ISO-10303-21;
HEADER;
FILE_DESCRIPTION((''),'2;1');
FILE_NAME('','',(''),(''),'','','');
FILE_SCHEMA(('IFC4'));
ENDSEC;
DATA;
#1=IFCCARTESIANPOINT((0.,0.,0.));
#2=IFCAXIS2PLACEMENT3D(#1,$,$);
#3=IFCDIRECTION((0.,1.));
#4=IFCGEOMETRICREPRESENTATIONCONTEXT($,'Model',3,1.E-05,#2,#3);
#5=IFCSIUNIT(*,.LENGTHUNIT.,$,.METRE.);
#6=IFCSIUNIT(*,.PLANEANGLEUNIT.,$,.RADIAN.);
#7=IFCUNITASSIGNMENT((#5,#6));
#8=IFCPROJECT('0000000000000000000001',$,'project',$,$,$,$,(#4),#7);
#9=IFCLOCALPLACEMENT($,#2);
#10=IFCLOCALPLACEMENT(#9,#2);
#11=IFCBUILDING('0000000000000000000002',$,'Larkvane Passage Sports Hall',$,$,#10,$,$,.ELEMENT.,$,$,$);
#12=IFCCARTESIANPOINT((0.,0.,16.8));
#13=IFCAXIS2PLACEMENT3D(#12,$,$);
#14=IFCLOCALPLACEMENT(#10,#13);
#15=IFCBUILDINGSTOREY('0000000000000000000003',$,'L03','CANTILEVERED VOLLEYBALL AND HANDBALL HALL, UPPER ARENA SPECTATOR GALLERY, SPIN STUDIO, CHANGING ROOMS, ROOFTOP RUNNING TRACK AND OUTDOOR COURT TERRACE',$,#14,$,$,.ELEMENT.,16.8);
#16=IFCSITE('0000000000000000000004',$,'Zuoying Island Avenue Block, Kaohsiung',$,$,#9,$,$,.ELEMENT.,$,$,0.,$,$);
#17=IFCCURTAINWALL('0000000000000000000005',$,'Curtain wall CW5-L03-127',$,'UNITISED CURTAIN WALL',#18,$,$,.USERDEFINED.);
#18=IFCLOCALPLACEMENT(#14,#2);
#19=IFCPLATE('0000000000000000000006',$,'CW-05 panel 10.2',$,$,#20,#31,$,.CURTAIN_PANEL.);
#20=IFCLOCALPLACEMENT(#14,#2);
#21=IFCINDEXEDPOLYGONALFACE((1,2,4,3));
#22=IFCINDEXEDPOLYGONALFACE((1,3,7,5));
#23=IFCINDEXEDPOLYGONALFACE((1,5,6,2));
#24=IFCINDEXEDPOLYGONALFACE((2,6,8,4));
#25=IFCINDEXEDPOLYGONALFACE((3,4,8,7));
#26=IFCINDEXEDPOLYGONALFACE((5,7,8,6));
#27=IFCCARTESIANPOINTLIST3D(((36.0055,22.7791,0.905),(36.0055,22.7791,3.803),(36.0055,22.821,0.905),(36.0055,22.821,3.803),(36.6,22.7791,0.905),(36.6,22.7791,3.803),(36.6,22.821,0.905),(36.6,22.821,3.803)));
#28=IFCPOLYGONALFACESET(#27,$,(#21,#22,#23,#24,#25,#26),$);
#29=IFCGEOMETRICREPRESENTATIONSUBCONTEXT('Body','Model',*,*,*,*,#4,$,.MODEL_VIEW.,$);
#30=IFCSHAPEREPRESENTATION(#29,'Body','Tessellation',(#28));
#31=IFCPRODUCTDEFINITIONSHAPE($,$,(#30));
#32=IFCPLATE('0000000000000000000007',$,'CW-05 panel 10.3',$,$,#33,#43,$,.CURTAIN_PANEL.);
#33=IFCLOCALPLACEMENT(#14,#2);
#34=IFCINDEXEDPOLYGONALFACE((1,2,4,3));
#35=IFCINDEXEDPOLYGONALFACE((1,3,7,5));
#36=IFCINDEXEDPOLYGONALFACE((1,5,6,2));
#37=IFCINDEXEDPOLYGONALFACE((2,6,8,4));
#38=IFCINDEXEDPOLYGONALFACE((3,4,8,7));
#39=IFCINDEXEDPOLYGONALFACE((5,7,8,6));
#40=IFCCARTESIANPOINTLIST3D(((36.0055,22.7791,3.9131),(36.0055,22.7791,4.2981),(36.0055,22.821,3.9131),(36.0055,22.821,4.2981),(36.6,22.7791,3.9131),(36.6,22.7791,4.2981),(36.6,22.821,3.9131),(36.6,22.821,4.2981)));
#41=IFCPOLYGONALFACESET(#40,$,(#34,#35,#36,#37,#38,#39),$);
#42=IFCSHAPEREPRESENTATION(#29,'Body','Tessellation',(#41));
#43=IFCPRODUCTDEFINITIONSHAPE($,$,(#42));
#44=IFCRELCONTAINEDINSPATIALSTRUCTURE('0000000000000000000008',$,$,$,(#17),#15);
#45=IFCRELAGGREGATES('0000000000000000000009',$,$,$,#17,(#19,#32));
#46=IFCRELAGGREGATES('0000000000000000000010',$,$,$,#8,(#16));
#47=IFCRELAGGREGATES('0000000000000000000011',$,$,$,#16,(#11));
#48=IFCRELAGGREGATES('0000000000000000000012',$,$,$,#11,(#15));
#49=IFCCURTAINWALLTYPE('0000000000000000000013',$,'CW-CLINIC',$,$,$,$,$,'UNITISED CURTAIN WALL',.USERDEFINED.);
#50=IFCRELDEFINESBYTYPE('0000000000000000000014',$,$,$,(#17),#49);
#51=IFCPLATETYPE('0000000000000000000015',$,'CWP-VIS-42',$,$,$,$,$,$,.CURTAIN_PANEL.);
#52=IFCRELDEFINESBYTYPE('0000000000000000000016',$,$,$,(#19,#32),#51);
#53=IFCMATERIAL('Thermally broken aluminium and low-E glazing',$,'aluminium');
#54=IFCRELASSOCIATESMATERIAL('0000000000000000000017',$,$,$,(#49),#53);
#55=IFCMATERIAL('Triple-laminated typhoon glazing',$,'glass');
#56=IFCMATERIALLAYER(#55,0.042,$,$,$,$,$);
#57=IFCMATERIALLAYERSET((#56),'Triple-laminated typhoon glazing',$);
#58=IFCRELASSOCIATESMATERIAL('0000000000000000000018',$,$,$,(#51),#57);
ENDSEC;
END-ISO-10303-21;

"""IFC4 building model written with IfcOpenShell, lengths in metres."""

from ifc_helpers import new_model, si_unit, direction, frame, origin, origin_2d, place, context, subcontext, project, spatial, rectangle, extrude, material, layer, layer_set, type_object, element, aggregate, save


model = new_model("IFC4")

# Units and contexts
model_context = context("Model", 3, precision=1e-05, world=origin(), true_north=direction((0.0, 1.0)))
body_context = subcontext(model_context, "Body", "Model", "MODEL_VIEW")
ifc_project = project(units=[si_unit("LENGTHUNIT", "METRE"), si_unit("PLANEANGLEUNIT", "RADIAN")], contexts=[model_context])

# Site, building, storey
site_placement = place(None, origin())
site = spatial("IfcSite", under=ifc_project, at=site_placement, Name="Zuoying Island Avenue Block, Kaohsiung", CompositionType="ELEMENT", RefElevation=0.0)
building_placement = place(site_placement, origin())
building = spatial("IfcBuilding", under=site, at=building_placement, Name="Larkvane Passage Sports Hall", CompositionType="ELEMENT")
storey_placement = place(building_placement, frame((0.0, 0.0, 16.8)))
storey = spatial("IfcBuildingStorey", under=building, at=storey_placement, Name="L03", Description="CANTILEVERED VOLLEYBALL AND HANDBALL HALL, UPPER ARENA SPECTATOR GALLERY, SPIN STUDIO, CHANGING ROOMS, ROOFTOP RUNNING TRACK AND OUTDOOR COURT TERRACE", CompositionType="ELEMENT", Elevation=16.8)

# Curtain wall, plates
ifc_material_1 = material(Name="Thermally broken aluminium and low-E glazing", Category="aluminium")
curtain_wall_type = type_object("IfcCurtainWallType", Name="CW-CLINIC", ElementType="UNITISED CURTAIN WALL", PredefinedType="USERDEFINED", material=ifc_material_1)
curtain_wall_placement = place(storey_placement, origin())
curtain_wall = element("IfcCurtainWall", 1, at=curtain_wall_placement, inside=storey, type_object=curtain_wall_type, Name="Curtain wall CW5-L03-127", ObjectType="UNITISED CURTAIN WALL", PredefinedType="USERDEFINED")
ifc_material_2 = material(Name="Triple-laminated typhoon glazing", Category="glass")
ifc_layer_1 = layer(ifc_material_2, 0.042)
ifc_layer_set_1 = layer_set([ifc_layer_1], Name="Triple-laminated typhoon glazing")
plate_type_1 = type_object("IfcPlateType", Name="CWP-VIS-42", PredefinedType="CURTAIN_PANEL", material=ifc_layer_set_1)
plate_1_placement = place(storey_placement, frame((36.3027, 22.8, 0.905), z_axis=(0.0, 0.0, 1.0), x_axis=(-1.0, 0.0, 0.0)))
plate_1 = element("IfcPlate", 2, at=plate_1_placement, type_object=plate_type_1, Name="CW-05 panel 10.2", PredefinedType="CURTAIN_PANEL", context=body_context, shape_type="SweptSolid", body=[
    extrude(rectangle(XDim=0.5945, YDim=0.042, at=origin_2d()), origin(), (0.0, 0.0, 1.0), 2.8979),
])
plate_2_placement = place(storey_placement, frame((36.3027, 22.8, 3.9131), z_axis=(0.0, 0.0, 1.0), x_axis=(-1.0, 0.0, 0.0)))
plate_2 = element("IfcPlate", 3, at=plate_2_placement, type_object=plate_type_1, Name="CW-05 panel 10.3", PredefinedType="CURTAIN_PANEL", context=body_context, shape_type="SweptSolid", body=[
    extrude(rectangle(XDim=0.5945, YDim=0.042, at=origin_2d()), origin(), (0.0, 0.0, 1.0), 0.385),
])
aggregate(curtain_wall, [plate_1, plate_2])

save(model, "model.ifc")
